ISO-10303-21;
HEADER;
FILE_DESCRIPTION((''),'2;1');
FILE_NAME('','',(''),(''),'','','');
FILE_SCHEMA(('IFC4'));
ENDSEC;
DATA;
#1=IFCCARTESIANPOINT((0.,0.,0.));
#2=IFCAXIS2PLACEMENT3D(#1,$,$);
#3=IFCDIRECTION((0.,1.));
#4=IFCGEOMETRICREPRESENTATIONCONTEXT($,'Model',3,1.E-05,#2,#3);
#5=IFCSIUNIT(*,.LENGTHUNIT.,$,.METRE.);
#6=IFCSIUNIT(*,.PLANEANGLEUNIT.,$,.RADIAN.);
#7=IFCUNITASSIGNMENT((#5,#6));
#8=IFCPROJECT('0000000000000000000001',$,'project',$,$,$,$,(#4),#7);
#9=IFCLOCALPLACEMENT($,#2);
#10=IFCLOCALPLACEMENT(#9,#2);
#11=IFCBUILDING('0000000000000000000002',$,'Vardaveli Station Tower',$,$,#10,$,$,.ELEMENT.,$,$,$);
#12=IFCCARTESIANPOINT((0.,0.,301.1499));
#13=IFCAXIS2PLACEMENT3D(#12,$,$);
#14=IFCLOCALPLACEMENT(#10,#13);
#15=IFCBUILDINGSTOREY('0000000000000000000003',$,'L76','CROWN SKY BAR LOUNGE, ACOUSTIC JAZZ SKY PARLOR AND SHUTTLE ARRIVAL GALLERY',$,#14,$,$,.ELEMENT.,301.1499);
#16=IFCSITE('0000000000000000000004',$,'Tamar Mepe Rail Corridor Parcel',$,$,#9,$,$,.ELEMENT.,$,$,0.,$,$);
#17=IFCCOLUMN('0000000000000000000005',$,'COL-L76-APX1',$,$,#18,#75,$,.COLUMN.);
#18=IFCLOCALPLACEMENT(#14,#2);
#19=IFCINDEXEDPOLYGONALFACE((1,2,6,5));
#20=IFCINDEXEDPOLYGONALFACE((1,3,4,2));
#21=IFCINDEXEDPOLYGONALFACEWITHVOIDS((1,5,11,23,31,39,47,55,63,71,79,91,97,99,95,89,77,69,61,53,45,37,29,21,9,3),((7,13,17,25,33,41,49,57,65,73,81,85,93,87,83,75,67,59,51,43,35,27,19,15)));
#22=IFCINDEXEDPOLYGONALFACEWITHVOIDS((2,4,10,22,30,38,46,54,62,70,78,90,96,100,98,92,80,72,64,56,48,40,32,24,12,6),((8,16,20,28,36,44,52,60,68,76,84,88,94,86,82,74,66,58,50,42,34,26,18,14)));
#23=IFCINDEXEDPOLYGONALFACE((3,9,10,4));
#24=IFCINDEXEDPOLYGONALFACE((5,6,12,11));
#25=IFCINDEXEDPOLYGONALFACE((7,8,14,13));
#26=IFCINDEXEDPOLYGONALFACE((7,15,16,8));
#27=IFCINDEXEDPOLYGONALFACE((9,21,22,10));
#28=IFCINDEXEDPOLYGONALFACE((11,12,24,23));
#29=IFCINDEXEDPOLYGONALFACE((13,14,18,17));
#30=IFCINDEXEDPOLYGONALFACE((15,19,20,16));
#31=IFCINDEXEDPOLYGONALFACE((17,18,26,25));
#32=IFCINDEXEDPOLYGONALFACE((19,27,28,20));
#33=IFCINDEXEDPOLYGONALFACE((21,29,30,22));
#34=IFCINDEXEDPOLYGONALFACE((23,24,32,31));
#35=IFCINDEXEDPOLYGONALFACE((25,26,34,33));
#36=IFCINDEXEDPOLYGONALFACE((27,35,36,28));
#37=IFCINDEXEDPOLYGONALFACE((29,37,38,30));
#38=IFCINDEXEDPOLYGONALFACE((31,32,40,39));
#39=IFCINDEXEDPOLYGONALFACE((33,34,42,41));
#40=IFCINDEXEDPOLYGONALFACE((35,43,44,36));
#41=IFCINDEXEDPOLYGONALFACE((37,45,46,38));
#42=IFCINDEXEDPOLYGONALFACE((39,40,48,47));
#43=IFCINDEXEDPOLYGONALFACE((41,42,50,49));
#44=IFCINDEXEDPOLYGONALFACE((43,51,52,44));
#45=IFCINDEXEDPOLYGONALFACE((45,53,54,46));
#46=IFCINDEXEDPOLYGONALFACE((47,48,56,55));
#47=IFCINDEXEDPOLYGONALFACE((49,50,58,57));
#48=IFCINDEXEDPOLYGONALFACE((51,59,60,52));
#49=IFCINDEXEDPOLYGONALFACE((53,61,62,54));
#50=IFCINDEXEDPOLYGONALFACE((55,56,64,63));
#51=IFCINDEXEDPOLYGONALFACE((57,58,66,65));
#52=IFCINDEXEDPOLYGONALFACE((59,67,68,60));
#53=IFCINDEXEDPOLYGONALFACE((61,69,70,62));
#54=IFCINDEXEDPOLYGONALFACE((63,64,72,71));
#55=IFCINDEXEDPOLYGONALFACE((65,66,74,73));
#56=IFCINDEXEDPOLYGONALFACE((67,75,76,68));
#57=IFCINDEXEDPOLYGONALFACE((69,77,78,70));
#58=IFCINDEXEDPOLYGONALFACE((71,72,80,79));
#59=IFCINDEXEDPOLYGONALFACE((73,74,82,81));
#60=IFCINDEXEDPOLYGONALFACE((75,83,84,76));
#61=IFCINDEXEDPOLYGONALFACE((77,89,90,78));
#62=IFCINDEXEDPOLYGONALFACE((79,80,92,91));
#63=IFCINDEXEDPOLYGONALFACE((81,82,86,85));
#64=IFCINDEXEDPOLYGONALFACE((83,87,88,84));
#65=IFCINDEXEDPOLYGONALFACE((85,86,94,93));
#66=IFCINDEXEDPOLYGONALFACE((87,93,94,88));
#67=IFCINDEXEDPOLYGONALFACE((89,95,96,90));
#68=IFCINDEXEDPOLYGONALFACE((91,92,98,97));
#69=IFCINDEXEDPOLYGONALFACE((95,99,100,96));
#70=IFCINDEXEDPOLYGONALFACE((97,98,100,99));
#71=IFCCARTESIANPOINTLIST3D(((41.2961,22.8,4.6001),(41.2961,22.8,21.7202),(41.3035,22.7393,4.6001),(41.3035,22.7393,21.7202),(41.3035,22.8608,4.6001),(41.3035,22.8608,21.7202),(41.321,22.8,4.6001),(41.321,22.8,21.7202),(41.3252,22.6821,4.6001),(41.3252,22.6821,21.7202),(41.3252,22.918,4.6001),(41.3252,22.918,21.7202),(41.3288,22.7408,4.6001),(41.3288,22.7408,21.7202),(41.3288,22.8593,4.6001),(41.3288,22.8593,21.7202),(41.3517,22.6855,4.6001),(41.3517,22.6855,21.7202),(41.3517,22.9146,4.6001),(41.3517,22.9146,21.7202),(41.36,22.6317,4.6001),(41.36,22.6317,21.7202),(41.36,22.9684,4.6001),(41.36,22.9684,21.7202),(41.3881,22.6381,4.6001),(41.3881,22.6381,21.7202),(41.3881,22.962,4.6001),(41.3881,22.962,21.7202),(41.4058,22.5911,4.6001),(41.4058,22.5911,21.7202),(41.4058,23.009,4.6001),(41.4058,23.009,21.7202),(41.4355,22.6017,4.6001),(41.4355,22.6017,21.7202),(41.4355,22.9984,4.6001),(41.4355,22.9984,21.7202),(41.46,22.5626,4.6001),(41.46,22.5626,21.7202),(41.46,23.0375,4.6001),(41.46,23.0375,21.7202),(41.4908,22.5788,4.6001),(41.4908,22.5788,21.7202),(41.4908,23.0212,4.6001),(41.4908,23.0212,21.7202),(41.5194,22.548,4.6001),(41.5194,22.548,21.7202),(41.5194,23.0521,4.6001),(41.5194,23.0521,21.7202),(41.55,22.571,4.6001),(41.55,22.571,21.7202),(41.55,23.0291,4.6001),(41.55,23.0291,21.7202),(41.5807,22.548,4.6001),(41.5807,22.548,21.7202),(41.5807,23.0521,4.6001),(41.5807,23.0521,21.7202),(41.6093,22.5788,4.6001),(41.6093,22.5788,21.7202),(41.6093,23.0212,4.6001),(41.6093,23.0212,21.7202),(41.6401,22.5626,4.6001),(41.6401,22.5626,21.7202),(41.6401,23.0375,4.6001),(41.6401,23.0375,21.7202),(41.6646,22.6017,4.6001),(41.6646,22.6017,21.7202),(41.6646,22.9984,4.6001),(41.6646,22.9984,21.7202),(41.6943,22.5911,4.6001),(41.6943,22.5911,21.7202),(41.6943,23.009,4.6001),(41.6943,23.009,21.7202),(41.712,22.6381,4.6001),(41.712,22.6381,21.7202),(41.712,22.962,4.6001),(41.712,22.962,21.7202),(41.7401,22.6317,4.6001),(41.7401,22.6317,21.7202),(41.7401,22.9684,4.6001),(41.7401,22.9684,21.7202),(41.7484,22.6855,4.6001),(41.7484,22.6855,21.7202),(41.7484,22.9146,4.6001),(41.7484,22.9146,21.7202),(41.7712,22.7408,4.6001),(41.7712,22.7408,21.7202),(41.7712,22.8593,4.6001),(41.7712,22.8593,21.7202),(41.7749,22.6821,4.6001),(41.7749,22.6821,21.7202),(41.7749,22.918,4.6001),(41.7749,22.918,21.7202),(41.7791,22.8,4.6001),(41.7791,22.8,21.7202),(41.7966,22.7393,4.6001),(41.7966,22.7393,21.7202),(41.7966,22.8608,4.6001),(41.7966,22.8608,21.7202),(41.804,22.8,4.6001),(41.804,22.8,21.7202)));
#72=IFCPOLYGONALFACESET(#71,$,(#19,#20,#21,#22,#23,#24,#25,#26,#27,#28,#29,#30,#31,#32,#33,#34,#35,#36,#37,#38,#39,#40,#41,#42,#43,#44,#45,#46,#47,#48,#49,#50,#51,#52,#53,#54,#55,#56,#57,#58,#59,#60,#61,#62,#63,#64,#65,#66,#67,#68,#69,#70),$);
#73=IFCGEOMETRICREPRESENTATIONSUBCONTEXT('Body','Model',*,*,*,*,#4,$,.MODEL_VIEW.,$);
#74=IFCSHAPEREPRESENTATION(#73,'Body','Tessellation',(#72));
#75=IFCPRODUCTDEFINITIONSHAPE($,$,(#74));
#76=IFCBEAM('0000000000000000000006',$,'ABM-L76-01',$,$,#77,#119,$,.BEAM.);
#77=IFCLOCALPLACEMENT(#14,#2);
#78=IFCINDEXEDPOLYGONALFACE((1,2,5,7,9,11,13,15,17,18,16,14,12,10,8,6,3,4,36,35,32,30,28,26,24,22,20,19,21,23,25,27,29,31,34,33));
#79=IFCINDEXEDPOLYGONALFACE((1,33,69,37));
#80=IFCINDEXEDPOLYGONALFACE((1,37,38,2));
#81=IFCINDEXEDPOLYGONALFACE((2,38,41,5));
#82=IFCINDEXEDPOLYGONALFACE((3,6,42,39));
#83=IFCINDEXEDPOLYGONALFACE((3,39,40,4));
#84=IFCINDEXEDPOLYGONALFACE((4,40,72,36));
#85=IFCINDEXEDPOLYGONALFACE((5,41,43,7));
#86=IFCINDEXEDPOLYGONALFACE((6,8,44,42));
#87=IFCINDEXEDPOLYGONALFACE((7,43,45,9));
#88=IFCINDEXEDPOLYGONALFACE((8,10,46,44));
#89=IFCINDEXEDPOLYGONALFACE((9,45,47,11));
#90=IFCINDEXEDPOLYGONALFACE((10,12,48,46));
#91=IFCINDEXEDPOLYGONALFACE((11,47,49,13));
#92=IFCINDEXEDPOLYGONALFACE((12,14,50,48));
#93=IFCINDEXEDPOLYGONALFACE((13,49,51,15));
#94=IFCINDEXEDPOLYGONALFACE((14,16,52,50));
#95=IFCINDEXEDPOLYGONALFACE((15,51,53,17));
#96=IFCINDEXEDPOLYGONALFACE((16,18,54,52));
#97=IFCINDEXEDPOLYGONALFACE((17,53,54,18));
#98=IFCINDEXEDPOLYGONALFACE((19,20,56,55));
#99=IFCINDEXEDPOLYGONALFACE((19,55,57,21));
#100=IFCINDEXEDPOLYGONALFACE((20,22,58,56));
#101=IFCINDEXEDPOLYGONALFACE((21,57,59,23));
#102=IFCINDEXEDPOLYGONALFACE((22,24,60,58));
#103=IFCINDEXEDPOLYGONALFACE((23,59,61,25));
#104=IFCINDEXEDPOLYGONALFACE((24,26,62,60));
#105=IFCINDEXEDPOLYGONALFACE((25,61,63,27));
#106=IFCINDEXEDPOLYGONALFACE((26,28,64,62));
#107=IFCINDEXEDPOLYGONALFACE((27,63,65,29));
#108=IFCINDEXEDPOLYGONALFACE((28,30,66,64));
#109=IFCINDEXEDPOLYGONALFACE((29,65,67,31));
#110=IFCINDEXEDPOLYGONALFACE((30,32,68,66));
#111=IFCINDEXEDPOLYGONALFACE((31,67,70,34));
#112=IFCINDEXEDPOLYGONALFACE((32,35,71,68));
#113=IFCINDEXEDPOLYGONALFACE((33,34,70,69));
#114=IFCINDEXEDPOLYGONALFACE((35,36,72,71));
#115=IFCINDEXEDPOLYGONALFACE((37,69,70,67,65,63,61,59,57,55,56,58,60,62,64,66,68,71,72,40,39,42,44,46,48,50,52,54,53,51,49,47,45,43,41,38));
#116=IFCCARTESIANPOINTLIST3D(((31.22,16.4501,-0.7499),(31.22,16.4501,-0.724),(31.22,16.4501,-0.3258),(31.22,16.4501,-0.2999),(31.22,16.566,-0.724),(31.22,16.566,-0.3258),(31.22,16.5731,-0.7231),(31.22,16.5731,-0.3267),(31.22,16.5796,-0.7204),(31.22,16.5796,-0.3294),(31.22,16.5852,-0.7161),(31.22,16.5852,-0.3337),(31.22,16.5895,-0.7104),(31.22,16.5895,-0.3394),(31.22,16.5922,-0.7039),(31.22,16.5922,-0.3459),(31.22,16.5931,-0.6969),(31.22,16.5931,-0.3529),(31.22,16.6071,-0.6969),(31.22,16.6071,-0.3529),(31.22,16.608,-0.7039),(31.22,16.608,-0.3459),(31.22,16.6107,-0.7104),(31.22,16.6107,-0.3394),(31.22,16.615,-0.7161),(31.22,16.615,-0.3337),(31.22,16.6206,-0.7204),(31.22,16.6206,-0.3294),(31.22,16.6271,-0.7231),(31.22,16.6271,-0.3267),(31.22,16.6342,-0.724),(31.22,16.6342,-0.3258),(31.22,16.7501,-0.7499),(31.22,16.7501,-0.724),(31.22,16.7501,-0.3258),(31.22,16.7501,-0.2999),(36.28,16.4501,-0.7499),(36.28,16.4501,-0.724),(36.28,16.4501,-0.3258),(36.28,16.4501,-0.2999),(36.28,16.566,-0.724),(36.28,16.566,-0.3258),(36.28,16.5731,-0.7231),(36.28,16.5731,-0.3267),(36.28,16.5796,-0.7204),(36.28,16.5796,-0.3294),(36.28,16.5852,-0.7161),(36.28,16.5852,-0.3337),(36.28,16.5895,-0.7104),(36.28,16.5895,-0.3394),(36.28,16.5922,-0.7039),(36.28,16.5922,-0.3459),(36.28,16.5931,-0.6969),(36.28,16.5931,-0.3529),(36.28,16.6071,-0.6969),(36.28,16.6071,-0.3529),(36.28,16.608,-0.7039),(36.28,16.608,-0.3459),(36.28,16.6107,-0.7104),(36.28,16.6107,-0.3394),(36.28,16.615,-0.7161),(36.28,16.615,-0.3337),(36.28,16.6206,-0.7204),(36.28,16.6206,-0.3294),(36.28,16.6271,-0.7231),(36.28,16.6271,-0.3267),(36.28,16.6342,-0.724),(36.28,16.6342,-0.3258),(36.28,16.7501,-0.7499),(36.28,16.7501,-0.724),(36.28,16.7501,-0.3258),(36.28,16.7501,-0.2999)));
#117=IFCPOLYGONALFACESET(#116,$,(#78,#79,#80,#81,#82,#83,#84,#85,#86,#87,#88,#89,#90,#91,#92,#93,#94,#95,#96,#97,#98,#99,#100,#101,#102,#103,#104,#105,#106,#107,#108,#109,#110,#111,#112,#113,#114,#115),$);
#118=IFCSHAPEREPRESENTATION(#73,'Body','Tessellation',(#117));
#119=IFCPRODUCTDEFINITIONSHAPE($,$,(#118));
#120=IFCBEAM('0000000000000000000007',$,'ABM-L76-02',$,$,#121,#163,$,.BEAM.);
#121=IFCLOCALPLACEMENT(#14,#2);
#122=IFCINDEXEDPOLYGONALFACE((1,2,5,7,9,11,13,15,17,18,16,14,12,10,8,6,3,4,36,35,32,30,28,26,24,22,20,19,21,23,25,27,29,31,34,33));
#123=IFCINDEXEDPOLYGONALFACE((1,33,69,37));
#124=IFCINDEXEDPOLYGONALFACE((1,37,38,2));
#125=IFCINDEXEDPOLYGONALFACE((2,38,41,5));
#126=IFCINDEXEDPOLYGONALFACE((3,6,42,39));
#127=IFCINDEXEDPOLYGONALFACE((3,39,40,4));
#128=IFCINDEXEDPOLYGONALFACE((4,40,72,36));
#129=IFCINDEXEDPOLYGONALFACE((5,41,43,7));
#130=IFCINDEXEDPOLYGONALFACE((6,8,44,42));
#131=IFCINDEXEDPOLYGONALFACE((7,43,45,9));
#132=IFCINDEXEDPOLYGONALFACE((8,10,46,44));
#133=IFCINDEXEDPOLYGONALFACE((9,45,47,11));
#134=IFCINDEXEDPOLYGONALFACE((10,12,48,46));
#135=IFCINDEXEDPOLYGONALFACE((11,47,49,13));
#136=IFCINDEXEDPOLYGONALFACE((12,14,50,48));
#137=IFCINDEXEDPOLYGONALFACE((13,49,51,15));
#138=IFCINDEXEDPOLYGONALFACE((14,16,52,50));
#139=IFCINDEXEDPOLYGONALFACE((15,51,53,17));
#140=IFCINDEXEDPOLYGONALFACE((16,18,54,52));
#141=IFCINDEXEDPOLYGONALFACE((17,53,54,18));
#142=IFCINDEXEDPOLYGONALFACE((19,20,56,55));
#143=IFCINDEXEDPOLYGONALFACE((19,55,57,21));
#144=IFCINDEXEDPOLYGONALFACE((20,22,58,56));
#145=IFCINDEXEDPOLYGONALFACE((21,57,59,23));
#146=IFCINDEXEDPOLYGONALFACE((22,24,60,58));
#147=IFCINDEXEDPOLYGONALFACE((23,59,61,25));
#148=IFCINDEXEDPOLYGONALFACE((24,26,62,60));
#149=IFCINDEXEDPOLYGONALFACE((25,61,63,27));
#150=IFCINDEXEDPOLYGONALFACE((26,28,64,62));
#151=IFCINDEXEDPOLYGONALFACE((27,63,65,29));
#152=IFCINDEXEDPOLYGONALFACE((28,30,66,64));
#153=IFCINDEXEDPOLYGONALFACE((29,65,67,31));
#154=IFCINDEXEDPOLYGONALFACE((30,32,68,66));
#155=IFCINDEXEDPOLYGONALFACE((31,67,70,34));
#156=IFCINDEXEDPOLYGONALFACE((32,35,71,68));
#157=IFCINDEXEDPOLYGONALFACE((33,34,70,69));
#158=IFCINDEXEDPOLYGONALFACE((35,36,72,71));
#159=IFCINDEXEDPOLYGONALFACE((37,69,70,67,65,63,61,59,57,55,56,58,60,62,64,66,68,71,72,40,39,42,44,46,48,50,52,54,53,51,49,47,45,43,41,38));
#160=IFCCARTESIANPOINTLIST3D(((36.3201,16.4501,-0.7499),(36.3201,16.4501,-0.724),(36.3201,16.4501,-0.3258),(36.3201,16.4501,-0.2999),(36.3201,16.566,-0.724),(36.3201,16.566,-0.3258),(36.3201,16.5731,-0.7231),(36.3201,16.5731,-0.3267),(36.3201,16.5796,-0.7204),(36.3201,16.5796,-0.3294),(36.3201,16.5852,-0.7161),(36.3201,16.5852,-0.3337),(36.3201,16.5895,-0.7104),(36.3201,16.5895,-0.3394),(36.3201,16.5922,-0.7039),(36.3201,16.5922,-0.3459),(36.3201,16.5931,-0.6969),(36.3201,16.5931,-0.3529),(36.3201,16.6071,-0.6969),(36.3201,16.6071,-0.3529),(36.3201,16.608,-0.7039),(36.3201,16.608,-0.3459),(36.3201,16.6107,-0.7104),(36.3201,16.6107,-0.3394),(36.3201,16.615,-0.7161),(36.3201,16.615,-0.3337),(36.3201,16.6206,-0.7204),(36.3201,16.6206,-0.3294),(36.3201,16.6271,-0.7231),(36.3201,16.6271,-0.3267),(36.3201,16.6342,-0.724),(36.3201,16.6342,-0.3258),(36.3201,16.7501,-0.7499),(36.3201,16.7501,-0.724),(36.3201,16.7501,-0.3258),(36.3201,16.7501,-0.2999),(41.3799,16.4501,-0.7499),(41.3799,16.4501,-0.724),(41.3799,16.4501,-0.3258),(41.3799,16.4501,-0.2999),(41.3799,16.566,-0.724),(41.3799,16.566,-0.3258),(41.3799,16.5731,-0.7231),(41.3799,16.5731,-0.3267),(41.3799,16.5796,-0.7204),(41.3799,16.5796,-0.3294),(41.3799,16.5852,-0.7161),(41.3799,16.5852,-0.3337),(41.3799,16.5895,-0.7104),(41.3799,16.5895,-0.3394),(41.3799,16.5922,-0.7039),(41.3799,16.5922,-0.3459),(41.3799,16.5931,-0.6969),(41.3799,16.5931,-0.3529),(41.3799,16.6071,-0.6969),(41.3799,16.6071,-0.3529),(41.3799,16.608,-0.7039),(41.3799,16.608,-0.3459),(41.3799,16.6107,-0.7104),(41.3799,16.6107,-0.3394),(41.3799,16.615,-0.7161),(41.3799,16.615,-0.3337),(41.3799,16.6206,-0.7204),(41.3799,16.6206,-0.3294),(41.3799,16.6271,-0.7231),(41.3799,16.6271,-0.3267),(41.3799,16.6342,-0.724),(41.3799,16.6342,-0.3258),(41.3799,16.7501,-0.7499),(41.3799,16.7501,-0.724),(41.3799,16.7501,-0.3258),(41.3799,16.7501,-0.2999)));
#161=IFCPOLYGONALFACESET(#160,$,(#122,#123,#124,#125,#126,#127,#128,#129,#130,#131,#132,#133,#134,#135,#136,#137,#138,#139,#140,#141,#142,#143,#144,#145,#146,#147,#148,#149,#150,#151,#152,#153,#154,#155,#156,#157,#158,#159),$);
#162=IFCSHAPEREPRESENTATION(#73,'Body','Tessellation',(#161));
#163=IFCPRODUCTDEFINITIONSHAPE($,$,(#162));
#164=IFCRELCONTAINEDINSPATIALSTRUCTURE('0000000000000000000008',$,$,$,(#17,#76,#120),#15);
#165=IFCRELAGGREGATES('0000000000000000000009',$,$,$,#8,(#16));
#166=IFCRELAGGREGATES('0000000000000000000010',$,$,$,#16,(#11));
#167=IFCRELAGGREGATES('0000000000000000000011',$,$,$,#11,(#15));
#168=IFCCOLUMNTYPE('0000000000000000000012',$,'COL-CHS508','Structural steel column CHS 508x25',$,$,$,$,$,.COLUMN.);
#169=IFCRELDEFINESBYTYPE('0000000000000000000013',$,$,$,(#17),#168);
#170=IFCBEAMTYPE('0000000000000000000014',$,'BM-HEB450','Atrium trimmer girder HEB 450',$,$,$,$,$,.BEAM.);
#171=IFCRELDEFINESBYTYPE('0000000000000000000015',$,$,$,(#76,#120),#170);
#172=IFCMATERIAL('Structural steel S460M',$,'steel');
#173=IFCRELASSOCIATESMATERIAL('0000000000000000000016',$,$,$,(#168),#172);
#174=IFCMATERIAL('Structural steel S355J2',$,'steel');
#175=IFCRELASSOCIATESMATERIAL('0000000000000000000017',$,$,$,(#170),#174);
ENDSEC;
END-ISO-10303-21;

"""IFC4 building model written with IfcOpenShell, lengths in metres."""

from ifc_helpers import new_model, si_unit, direction, frame, origin, origin_2d, place, context, subcontext, project, spatial, hollow_circle, i_section, extrude, source, transform, mapped, material, material_profile, profile_set, type_object, element, save


model = new_model("IFC4")

# Units and contexts
model_context = context("Model", 3, precision=1e-05, world=origin(), true_north=direction((0.0, 1.0)))
body_context = subcontext(model_context, "Body", "Model", "MODEL_VIEW")
ifc_project = project(units=[si_unit("LENGTHUNIT", "METRE"), si_unit("PLANEANGLEUNIT", "RADIAN")], contexts=[model_context])

# Site, building, storey
site_placement = place(None, origin())
site = spatial("IfcSite", under=ifc_project, at=site_placement, Name="Tamar Mepe Rail Corridor Parcel", CompositionType="ELEMENT", RefElevation=0.0)
building_placement = place(site_placement, origin())
building = spatial("IfcBuilding", under=site, at=building_placement, Name="Vardaveli Station Tower", CompositionType="ELEMENT")
storey_placement = place(building_placement, frame((0.0, 0.0, 301.1499)))
storey = spatial("IfcBuildingStorey", under=building, at=storey_placement, Name="L76", Description="CROWN SKY BAR LOUNGE, ACOUSTIC JAZZ SKY PARLOR AND SHUTTLE ARRIVAL GALLERY", CompositionType="ELEMENT", Elevation=301.1499)

# Column
ifc_material_1 = material(Name="Structural steel S460M", Category="steel")
ifc_material_profile_1 = material_profile(ifc_material_1, hollow_circle(Radius=0.2539, WallThickness=0.0249, at=origin_2d()), Name="CHS 508x25")
ifc_profile_set_1 = profile_set([ifc_material_profile_1], Name="Structural steel S460M")
column_type_1 = type_object("IfcColumnType", Name="COL-CHS508", Description="Structural steel column CHS 508x25", PredefinedType="COLUMN", material=ifc_profile_set_1)
shared_shape_1 = source(origin(), body_context, "Body", "SweptSolid", [
    extrude(hollow_circle(Radius=0.2539, WallThickness=0.0249, at=origin_2d()), origin(), (0.0, 0.0, 1.0), 17.1201),
])
column_placement = place(storey_placement, frame((41.55, 22.8, 4.6001), z_axis=(0.0, 0.0, 1.0), x_axis=(1.0, 0.0, 0.0)))
element("IfcColumn", 1, at=column_placement, inside=storey, type_object=column_type_1, Name="COL-L76-APX1", PredefinedType="COLUMN", context=body_context, shape_type="MappedRepresentation", body=[
    mapped(shared_shape_1, transform((0.0, 0.0, 0.0), scale=1.0)),
])

# Beams
ifc_material_2 = material(Name="Structural steel S355J2", Category="steel")
ifc_material_profile_2 = material_profile(ifc_material_2, i_section(OverallWidth=0.3, OverallDepth=0.45, WebThickness=0.0139, FlangeThickness=0.0259, FilletRadius=0.0271, at=origin_2d()), Name="HEB 450")
ifc_profile_set_2 = profile_set([ifc_material_profile_2], Name="Structural steel S355J2")
beam_type_1 = type_object("IfcBeamType", Name="BM-HEB450", Description="Atrium trimmer girder HEB 450", PredefinedType="BEAM", material=ifc_profile_set_2)
shared_shape_2 = source(origin(), body_context, "Body", "SweptSolid", [
    extrude(i_section(OverallWidth=0.3, OverallDepth=0.45, WebThickness=0.0139, FlangeThickness=0.0259, FilletRadius=0.0271, at=origin_2d()), origin(), (0.0, 0.0, 1.0), 5.0601),
])
beam_1_placement = place(storey_placement, frame((31.22, 16.6001, -0.5249), z_axis=(1.0, 0.0, 0.0), x_axis=(0.0, 1.0, 0.0)))
element("IfcBeam", 2, at=beam_1_placement, inside=storey, type_object=beam_type_1, Name="ABM-L76-01", PredefinedType="BEAM", context=body_context, shape_type="MappedRepresentation", body=[
    mapped(shared_shape_2, transform((0.0, 0.0, 0.0), scale=1.0)),
])
shared_shape_3 = source(origin(), body_context, "Body", "SweptSolid", [
    extrude(i_section(OverallWidth=0.3, OverallDepth=0.45, WebThickness=0.0139, FlangeThickness=0.0259, FilletRadius=0.0271, at=origin_2d()), origin(), (0.0, 0.0, 1.0), 5.0598),
])
beam_2_placement = place(storey_placement, frame((36.3201, 16.6001, -0.5249), z_axis=(1.0, 0.0, 0.0), x_axis=(0.0, 1.0, 0.0)))
element("IfcBeam", 3, at=beam_2_placement, inside=storey, type_object=beam_type_1, Name="ABM-L76-02", PredefinedType="BEAM", context=body_context, shape_type="MappedRepresentation", body=[
    mapped(shared_shape_3, transform((0.0, 0.0, 0.0), scale=1.0)),
])

save(model, "model.ifc")
